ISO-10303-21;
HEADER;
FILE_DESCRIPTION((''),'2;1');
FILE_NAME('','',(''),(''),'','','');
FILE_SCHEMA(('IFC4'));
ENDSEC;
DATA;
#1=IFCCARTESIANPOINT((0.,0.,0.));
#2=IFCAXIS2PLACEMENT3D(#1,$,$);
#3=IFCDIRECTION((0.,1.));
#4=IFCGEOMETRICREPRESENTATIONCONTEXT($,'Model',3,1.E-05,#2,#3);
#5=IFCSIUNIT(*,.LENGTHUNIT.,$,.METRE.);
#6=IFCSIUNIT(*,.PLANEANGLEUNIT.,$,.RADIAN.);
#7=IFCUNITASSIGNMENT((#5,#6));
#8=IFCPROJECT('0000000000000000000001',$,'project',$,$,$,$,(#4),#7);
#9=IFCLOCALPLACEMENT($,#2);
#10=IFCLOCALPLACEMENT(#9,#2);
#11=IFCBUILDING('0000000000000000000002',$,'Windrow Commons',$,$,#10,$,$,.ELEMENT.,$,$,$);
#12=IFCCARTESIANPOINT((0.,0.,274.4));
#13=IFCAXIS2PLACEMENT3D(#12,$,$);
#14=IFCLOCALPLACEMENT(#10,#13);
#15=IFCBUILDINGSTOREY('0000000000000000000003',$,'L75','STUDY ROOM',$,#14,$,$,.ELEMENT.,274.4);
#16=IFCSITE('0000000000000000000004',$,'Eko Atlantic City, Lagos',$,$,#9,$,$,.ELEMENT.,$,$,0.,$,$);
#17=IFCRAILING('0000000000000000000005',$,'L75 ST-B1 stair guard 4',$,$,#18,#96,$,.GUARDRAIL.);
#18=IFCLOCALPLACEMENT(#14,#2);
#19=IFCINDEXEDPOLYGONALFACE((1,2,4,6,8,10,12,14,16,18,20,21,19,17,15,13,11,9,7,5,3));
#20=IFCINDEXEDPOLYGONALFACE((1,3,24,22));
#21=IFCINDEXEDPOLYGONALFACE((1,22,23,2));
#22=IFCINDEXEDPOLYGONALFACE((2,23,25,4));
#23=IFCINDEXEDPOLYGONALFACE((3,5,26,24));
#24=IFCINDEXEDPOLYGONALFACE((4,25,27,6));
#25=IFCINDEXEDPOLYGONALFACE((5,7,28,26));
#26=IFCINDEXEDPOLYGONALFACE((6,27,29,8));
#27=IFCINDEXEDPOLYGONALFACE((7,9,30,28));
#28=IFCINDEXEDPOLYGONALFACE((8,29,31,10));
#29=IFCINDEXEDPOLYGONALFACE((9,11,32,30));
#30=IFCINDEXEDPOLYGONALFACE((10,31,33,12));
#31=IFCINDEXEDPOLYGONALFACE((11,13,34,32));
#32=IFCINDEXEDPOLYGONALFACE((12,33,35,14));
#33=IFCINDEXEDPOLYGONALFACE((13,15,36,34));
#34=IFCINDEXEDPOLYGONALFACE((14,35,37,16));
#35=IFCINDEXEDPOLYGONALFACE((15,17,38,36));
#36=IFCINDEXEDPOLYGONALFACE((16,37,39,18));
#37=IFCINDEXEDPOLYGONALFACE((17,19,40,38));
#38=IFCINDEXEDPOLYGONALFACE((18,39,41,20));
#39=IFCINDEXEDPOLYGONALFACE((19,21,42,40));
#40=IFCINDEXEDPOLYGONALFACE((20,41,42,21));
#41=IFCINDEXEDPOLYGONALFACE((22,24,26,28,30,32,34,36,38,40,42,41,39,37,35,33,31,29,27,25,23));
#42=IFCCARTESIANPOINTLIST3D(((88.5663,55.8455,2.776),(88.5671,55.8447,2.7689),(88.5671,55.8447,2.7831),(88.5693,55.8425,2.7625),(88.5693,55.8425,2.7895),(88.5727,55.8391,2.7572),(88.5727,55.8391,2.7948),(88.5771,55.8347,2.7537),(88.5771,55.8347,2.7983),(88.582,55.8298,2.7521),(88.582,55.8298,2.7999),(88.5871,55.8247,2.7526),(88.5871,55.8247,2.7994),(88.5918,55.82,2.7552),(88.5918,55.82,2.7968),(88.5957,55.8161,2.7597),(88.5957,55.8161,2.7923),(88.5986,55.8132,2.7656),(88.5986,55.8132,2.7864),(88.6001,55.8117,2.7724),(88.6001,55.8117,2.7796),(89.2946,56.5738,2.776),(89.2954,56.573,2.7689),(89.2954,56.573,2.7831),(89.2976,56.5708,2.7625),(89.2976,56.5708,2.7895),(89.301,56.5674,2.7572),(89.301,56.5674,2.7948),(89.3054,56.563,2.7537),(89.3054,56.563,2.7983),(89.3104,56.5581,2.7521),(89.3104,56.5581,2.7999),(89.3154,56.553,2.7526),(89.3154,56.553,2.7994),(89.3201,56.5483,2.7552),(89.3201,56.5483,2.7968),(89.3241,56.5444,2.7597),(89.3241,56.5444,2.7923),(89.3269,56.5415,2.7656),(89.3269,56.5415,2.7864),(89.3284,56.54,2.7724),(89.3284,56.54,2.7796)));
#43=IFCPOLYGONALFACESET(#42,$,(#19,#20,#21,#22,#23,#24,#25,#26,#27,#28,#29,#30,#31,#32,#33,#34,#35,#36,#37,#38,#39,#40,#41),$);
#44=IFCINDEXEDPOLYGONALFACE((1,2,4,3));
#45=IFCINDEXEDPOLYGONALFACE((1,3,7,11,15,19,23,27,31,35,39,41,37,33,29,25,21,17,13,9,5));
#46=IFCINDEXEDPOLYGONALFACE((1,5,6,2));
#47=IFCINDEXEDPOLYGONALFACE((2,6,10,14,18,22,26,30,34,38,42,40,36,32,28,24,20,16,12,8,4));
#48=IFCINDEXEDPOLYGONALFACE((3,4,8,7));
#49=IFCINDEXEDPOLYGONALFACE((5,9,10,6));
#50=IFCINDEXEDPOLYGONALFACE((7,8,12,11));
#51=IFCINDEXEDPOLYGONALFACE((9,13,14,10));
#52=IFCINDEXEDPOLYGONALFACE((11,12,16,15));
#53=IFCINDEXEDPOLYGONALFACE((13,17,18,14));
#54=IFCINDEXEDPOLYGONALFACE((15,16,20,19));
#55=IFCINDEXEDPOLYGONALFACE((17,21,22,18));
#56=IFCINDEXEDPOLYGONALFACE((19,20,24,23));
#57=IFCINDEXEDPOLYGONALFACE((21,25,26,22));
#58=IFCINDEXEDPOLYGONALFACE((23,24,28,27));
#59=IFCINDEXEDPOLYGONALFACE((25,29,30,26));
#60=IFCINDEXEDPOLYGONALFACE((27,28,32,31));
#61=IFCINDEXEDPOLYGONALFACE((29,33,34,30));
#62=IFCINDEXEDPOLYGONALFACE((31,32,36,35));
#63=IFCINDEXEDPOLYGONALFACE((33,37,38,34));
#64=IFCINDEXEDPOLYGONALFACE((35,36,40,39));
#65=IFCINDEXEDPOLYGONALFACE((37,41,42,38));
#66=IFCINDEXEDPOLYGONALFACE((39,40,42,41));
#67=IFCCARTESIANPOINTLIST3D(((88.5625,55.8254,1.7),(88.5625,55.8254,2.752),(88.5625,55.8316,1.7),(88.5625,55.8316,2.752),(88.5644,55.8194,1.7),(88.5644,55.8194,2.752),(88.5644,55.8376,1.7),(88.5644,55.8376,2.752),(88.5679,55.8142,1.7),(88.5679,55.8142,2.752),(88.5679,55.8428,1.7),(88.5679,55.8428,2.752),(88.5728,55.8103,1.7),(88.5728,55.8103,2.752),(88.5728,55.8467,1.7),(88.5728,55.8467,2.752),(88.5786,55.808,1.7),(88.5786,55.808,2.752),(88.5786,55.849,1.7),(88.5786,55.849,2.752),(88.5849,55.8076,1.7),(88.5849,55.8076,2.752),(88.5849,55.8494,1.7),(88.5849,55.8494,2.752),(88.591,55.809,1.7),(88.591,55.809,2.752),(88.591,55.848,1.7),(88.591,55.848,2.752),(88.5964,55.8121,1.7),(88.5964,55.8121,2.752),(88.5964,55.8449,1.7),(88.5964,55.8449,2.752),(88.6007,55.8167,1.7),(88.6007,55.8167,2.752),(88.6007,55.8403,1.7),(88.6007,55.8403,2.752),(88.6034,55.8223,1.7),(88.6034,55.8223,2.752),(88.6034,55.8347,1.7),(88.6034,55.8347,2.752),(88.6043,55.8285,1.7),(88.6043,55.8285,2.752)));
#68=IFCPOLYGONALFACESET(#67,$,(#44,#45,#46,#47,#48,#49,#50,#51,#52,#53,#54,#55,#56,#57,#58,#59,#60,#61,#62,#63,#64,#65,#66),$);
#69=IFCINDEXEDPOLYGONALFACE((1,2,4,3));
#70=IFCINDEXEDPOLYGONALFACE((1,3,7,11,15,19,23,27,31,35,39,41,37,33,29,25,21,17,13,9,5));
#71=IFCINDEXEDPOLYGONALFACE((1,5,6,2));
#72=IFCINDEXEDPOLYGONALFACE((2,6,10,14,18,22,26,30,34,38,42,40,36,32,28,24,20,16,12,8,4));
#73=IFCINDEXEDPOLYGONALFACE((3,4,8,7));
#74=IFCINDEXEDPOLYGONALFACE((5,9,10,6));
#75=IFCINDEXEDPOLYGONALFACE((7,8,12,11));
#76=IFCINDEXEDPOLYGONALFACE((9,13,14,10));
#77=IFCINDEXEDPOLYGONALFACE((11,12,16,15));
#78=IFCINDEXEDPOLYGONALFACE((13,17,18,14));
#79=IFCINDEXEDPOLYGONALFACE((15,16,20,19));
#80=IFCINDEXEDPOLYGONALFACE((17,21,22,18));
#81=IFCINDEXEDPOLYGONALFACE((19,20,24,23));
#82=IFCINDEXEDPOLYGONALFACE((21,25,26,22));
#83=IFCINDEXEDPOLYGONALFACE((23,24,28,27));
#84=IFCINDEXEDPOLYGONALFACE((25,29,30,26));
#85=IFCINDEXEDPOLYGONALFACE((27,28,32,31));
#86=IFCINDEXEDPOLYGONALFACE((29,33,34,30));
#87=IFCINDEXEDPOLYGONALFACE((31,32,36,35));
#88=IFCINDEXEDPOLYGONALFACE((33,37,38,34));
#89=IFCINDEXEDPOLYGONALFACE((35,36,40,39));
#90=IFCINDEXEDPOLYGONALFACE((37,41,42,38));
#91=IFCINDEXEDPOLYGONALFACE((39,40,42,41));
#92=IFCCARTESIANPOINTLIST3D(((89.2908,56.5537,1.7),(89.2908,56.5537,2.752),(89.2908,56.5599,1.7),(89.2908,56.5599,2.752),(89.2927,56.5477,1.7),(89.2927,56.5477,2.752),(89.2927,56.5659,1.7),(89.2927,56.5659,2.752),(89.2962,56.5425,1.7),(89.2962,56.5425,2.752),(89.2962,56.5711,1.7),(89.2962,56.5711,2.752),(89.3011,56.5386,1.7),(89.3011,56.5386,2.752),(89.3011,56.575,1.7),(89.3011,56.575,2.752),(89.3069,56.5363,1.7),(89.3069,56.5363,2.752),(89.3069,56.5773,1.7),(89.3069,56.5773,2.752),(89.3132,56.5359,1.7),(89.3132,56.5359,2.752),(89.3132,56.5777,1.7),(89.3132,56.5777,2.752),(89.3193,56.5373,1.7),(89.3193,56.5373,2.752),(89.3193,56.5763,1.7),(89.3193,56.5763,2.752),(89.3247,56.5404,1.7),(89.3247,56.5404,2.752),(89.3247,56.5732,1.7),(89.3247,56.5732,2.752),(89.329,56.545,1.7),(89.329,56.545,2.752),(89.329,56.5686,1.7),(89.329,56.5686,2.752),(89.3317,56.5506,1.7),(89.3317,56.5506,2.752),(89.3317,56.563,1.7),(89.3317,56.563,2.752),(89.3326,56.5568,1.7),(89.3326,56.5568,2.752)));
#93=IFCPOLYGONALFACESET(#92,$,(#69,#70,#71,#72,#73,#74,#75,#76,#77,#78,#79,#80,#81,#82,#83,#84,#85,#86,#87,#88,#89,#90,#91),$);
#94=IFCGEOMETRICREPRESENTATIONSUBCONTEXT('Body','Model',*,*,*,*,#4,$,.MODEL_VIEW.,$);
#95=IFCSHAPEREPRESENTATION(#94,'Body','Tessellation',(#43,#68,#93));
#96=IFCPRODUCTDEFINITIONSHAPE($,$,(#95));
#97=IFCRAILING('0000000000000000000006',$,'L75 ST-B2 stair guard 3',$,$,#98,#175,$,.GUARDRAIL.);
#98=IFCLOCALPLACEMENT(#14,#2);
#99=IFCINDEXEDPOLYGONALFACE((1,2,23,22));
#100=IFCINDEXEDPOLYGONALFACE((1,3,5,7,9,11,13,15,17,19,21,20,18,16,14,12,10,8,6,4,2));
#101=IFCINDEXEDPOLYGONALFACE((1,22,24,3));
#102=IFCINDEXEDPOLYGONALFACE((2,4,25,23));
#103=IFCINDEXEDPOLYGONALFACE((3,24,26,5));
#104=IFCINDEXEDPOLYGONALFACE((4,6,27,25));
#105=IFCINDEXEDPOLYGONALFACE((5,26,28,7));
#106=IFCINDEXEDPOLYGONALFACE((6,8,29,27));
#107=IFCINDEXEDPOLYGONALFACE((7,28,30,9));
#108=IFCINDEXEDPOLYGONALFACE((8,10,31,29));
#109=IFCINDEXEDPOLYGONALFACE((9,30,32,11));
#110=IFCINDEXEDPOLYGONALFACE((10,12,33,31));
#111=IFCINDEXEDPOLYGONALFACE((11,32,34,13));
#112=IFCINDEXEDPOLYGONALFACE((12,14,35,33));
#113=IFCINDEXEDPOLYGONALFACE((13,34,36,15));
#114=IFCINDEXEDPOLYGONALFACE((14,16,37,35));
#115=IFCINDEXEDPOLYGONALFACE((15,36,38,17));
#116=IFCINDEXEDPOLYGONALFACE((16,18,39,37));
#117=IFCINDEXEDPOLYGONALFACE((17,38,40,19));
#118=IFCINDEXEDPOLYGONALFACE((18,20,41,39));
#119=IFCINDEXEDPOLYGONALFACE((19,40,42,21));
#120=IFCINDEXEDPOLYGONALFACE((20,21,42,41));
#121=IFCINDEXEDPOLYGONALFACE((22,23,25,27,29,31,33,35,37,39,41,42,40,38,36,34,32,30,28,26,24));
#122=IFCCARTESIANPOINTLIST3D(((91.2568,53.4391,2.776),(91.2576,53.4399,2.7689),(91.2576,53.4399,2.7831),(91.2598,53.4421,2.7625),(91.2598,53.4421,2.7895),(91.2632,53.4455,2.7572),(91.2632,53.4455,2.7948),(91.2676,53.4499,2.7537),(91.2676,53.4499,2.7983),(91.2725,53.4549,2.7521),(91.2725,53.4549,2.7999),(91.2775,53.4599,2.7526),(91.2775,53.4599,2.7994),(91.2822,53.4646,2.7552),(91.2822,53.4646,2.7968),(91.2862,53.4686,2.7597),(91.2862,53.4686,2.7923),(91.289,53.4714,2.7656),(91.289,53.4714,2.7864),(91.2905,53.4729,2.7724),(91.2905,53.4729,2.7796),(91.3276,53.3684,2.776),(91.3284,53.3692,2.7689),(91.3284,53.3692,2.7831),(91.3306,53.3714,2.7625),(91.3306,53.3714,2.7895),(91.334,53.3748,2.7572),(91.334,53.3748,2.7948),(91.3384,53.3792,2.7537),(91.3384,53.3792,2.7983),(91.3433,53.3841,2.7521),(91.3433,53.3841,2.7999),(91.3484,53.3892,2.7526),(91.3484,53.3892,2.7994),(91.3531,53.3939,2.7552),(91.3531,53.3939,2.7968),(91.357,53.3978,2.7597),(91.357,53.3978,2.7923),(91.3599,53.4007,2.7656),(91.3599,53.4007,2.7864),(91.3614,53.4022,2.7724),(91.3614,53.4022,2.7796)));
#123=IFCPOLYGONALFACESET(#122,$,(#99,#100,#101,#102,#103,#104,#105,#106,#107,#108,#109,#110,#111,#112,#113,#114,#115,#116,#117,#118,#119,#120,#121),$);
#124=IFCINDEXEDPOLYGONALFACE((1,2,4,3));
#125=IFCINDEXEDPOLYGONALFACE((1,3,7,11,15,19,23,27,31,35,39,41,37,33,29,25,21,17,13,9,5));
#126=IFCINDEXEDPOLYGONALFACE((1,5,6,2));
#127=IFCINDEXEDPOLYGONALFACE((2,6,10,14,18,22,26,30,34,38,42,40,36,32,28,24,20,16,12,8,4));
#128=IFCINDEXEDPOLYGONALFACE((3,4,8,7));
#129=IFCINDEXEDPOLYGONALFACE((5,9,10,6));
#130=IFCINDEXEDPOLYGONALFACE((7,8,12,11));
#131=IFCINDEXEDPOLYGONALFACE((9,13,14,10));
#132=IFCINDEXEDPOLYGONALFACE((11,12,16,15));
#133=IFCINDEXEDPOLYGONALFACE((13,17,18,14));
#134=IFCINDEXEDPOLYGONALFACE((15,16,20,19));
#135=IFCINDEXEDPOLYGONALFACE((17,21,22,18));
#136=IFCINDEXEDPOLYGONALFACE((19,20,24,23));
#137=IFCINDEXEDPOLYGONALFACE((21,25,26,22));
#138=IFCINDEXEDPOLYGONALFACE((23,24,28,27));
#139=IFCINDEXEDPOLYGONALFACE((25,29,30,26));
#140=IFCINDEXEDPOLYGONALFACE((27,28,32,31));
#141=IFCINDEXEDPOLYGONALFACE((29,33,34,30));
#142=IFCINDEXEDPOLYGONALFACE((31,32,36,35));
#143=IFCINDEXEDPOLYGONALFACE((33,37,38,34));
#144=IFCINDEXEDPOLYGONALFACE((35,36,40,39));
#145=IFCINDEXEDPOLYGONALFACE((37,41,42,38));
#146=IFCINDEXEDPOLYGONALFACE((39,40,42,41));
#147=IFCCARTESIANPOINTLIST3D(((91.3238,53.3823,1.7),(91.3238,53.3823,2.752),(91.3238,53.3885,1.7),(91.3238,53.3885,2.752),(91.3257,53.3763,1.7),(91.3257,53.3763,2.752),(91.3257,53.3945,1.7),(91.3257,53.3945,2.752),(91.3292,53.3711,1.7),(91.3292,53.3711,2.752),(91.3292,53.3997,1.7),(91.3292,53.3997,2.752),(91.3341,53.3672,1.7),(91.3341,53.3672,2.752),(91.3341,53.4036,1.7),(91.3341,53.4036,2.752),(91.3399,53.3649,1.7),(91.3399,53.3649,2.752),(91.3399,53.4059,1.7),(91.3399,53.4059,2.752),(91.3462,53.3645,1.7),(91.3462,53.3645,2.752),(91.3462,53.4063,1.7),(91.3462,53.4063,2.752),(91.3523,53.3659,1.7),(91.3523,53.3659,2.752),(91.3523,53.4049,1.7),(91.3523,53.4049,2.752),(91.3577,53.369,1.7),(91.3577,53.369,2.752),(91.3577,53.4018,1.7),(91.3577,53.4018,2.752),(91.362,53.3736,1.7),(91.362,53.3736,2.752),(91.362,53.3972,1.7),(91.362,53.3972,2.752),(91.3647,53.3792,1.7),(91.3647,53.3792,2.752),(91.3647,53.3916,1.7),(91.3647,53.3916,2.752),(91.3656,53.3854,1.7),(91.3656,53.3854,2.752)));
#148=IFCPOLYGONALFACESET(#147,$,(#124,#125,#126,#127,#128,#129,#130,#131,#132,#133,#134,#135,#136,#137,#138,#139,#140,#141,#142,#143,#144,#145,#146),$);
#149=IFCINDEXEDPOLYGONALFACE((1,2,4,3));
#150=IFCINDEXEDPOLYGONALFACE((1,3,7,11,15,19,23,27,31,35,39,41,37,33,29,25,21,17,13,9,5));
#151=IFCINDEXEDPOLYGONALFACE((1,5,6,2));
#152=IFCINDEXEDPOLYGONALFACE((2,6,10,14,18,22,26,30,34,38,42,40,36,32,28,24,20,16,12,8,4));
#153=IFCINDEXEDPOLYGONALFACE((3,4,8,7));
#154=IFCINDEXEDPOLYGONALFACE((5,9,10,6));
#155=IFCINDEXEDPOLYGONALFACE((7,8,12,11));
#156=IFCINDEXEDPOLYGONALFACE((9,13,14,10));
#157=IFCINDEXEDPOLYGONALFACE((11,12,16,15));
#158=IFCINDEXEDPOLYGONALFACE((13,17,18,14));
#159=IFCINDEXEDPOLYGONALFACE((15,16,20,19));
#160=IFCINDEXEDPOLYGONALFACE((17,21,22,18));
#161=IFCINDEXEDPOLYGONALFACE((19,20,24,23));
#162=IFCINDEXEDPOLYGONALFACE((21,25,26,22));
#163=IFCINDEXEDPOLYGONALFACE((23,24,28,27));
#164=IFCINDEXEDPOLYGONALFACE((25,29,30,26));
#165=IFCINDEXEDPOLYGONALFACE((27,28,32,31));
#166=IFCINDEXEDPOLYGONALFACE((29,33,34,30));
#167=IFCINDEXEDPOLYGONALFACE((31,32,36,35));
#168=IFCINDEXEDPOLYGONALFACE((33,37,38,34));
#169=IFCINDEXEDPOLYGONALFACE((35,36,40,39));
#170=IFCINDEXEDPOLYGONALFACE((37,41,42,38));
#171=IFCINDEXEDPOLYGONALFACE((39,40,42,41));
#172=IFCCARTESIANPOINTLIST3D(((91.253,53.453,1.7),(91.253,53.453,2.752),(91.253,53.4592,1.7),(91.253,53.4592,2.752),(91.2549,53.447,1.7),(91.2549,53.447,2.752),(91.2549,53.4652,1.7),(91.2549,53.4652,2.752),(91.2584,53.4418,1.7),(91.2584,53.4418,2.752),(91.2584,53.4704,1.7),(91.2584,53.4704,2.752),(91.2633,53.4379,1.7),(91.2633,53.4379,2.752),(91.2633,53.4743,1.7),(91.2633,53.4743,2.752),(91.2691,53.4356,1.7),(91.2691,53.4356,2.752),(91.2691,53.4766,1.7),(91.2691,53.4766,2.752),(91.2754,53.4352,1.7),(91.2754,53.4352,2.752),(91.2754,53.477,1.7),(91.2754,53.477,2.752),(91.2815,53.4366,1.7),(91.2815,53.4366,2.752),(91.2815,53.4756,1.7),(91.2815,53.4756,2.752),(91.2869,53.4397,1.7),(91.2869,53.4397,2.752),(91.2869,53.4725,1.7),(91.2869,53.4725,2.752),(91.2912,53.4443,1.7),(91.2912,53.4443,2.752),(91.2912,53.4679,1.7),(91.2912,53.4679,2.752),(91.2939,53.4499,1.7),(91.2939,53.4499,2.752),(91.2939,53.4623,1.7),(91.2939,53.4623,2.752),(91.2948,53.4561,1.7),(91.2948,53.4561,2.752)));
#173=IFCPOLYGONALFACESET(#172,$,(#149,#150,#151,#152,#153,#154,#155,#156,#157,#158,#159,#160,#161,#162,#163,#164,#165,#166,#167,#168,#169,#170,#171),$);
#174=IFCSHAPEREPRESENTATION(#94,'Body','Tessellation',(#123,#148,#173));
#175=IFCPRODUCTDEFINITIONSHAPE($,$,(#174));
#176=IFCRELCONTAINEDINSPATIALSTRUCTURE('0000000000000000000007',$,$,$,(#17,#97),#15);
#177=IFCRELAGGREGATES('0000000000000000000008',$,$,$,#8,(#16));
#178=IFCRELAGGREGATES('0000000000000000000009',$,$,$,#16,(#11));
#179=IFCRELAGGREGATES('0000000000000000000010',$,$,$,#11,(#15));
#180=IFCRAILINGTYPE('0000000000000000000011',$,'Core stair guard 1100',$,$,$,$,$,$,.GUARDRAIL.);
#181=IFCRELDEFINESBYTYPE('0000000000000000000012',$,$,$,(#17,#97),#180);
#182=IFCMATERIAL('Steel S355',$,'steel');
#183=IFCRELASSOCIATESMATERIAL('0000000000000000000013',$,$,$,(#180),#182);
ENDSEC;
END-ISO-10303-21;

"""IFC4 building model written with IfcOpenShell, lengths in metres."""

from ifc_helpers import new_model, si_unit, direction, frame, origin, origin_2d, place, context, subcontext, project, spatial, circle, extrude, material, type_object, element, save


model = new_model("IFC4")

# Units and contexts
model_context = context("Model", 3, precision=1e-05, world=origin(), true_north=direction((0.0, 1.0)))
body_context = subcontext(model_context, "Body", "Model", "MODEL_VIEW")
ifc_project = project(units=[si_unit("LENGTHUNIT", "METRE"), si_unit("PLANEANGLEUNIT", "RADIAN")], contexts=[model_context])

# Site, building, storey
site_placement = place(None, origin())
site = spatial("IfcSite", under=ifc_project, at=site_placement, Name="Eko Atlantic City, Lagos", CompositionType="ELEMENT", RefElevation=0.0)
building_placement = place(site_placement, origin())
building = spatial("IfcBuilding", under=site, at=building_placement, Name="Windrow Commons", CompositionType="ELEMENT")
storey_placement = place(building_placement, frame((0.0, 0.0, 274.4)))
storey = spatial("IfcBuildingStorey", under=building, at=storey_placement, Name="L75", Description="STUDY ROOM", CompositionType="ELEMENT", Elevation=274.4)

# Railings
ifc_material_1 = material(Name="Steel S355", Category="steel")
railing_type_1 = type_object("IfcRailingType", Name="Core stair guard 1100", PredefinedType="GUARDRAIL", material=ifc_material_1)
railing_1_placement = place(storey_placement, frame((88.5833, 55.8285, 1.7)))
element("IfcRailing", 1, at=railing_1_placement, inside=storey, type_object=railing_type_1, Name="L75 ST-B1 stair guard 4", PredefinedType="GUARDRAIL", context=body_context, shape_type="SweptSolid", body=[
    extrude(circle(Radius=0.024, at=origin_2d()), frame((0.0, 0.0, 1.076), z_axis=(0.707107, 0.707107, 0.0), x_axis=(-0.707107, 0.707107, 0.0)), (0.0, 0.0, 1.0), 1.03),
    extrude(circle(Radius=0.021, at=origin_2d()), origin(), (0.0, 0.0, 1.0), 1.052),
    extrude(circle(Radius=0.021, at=origin_2d()), frame((0.7283, 0.7283, 0.0)), (0.0, 0.0, 1.0), 1.052),
])
railing_2_placement = place(storey_placement, frame((91.3446, 53.3854, 1.7)))
element("IfcRailing", 2, at=railing_2_placement, inside=storey, type_object=railing_type_1, Name="L75 ST-B2 stair guard 3", PredefinedType="GUARDRAIL", context=body_context, shape_type="SweptSolid", body=[
    extrude(circle(Radius=0.024, at=origin_2d()), frame((0.0, 0.0, 1.076), z_axis=(-0.707606, 0.706607, 0.0), x_axis=(-0.706607, -0.707606, 0.0)), (0.0, 0.0, 1.0), 0.1001),
    extrude(circle(Radius=0.021, at=origin_2d()), origin(), (0.0, 0.0, 1.0), 1.052),
    extrude(circle(Radius=0.021, at=origin_2d()), frame((-0.0708, 0.0707, 0.0)), (0.0, 0.0, 1.0), 1.052),
])

save(model, "model.ifc")
